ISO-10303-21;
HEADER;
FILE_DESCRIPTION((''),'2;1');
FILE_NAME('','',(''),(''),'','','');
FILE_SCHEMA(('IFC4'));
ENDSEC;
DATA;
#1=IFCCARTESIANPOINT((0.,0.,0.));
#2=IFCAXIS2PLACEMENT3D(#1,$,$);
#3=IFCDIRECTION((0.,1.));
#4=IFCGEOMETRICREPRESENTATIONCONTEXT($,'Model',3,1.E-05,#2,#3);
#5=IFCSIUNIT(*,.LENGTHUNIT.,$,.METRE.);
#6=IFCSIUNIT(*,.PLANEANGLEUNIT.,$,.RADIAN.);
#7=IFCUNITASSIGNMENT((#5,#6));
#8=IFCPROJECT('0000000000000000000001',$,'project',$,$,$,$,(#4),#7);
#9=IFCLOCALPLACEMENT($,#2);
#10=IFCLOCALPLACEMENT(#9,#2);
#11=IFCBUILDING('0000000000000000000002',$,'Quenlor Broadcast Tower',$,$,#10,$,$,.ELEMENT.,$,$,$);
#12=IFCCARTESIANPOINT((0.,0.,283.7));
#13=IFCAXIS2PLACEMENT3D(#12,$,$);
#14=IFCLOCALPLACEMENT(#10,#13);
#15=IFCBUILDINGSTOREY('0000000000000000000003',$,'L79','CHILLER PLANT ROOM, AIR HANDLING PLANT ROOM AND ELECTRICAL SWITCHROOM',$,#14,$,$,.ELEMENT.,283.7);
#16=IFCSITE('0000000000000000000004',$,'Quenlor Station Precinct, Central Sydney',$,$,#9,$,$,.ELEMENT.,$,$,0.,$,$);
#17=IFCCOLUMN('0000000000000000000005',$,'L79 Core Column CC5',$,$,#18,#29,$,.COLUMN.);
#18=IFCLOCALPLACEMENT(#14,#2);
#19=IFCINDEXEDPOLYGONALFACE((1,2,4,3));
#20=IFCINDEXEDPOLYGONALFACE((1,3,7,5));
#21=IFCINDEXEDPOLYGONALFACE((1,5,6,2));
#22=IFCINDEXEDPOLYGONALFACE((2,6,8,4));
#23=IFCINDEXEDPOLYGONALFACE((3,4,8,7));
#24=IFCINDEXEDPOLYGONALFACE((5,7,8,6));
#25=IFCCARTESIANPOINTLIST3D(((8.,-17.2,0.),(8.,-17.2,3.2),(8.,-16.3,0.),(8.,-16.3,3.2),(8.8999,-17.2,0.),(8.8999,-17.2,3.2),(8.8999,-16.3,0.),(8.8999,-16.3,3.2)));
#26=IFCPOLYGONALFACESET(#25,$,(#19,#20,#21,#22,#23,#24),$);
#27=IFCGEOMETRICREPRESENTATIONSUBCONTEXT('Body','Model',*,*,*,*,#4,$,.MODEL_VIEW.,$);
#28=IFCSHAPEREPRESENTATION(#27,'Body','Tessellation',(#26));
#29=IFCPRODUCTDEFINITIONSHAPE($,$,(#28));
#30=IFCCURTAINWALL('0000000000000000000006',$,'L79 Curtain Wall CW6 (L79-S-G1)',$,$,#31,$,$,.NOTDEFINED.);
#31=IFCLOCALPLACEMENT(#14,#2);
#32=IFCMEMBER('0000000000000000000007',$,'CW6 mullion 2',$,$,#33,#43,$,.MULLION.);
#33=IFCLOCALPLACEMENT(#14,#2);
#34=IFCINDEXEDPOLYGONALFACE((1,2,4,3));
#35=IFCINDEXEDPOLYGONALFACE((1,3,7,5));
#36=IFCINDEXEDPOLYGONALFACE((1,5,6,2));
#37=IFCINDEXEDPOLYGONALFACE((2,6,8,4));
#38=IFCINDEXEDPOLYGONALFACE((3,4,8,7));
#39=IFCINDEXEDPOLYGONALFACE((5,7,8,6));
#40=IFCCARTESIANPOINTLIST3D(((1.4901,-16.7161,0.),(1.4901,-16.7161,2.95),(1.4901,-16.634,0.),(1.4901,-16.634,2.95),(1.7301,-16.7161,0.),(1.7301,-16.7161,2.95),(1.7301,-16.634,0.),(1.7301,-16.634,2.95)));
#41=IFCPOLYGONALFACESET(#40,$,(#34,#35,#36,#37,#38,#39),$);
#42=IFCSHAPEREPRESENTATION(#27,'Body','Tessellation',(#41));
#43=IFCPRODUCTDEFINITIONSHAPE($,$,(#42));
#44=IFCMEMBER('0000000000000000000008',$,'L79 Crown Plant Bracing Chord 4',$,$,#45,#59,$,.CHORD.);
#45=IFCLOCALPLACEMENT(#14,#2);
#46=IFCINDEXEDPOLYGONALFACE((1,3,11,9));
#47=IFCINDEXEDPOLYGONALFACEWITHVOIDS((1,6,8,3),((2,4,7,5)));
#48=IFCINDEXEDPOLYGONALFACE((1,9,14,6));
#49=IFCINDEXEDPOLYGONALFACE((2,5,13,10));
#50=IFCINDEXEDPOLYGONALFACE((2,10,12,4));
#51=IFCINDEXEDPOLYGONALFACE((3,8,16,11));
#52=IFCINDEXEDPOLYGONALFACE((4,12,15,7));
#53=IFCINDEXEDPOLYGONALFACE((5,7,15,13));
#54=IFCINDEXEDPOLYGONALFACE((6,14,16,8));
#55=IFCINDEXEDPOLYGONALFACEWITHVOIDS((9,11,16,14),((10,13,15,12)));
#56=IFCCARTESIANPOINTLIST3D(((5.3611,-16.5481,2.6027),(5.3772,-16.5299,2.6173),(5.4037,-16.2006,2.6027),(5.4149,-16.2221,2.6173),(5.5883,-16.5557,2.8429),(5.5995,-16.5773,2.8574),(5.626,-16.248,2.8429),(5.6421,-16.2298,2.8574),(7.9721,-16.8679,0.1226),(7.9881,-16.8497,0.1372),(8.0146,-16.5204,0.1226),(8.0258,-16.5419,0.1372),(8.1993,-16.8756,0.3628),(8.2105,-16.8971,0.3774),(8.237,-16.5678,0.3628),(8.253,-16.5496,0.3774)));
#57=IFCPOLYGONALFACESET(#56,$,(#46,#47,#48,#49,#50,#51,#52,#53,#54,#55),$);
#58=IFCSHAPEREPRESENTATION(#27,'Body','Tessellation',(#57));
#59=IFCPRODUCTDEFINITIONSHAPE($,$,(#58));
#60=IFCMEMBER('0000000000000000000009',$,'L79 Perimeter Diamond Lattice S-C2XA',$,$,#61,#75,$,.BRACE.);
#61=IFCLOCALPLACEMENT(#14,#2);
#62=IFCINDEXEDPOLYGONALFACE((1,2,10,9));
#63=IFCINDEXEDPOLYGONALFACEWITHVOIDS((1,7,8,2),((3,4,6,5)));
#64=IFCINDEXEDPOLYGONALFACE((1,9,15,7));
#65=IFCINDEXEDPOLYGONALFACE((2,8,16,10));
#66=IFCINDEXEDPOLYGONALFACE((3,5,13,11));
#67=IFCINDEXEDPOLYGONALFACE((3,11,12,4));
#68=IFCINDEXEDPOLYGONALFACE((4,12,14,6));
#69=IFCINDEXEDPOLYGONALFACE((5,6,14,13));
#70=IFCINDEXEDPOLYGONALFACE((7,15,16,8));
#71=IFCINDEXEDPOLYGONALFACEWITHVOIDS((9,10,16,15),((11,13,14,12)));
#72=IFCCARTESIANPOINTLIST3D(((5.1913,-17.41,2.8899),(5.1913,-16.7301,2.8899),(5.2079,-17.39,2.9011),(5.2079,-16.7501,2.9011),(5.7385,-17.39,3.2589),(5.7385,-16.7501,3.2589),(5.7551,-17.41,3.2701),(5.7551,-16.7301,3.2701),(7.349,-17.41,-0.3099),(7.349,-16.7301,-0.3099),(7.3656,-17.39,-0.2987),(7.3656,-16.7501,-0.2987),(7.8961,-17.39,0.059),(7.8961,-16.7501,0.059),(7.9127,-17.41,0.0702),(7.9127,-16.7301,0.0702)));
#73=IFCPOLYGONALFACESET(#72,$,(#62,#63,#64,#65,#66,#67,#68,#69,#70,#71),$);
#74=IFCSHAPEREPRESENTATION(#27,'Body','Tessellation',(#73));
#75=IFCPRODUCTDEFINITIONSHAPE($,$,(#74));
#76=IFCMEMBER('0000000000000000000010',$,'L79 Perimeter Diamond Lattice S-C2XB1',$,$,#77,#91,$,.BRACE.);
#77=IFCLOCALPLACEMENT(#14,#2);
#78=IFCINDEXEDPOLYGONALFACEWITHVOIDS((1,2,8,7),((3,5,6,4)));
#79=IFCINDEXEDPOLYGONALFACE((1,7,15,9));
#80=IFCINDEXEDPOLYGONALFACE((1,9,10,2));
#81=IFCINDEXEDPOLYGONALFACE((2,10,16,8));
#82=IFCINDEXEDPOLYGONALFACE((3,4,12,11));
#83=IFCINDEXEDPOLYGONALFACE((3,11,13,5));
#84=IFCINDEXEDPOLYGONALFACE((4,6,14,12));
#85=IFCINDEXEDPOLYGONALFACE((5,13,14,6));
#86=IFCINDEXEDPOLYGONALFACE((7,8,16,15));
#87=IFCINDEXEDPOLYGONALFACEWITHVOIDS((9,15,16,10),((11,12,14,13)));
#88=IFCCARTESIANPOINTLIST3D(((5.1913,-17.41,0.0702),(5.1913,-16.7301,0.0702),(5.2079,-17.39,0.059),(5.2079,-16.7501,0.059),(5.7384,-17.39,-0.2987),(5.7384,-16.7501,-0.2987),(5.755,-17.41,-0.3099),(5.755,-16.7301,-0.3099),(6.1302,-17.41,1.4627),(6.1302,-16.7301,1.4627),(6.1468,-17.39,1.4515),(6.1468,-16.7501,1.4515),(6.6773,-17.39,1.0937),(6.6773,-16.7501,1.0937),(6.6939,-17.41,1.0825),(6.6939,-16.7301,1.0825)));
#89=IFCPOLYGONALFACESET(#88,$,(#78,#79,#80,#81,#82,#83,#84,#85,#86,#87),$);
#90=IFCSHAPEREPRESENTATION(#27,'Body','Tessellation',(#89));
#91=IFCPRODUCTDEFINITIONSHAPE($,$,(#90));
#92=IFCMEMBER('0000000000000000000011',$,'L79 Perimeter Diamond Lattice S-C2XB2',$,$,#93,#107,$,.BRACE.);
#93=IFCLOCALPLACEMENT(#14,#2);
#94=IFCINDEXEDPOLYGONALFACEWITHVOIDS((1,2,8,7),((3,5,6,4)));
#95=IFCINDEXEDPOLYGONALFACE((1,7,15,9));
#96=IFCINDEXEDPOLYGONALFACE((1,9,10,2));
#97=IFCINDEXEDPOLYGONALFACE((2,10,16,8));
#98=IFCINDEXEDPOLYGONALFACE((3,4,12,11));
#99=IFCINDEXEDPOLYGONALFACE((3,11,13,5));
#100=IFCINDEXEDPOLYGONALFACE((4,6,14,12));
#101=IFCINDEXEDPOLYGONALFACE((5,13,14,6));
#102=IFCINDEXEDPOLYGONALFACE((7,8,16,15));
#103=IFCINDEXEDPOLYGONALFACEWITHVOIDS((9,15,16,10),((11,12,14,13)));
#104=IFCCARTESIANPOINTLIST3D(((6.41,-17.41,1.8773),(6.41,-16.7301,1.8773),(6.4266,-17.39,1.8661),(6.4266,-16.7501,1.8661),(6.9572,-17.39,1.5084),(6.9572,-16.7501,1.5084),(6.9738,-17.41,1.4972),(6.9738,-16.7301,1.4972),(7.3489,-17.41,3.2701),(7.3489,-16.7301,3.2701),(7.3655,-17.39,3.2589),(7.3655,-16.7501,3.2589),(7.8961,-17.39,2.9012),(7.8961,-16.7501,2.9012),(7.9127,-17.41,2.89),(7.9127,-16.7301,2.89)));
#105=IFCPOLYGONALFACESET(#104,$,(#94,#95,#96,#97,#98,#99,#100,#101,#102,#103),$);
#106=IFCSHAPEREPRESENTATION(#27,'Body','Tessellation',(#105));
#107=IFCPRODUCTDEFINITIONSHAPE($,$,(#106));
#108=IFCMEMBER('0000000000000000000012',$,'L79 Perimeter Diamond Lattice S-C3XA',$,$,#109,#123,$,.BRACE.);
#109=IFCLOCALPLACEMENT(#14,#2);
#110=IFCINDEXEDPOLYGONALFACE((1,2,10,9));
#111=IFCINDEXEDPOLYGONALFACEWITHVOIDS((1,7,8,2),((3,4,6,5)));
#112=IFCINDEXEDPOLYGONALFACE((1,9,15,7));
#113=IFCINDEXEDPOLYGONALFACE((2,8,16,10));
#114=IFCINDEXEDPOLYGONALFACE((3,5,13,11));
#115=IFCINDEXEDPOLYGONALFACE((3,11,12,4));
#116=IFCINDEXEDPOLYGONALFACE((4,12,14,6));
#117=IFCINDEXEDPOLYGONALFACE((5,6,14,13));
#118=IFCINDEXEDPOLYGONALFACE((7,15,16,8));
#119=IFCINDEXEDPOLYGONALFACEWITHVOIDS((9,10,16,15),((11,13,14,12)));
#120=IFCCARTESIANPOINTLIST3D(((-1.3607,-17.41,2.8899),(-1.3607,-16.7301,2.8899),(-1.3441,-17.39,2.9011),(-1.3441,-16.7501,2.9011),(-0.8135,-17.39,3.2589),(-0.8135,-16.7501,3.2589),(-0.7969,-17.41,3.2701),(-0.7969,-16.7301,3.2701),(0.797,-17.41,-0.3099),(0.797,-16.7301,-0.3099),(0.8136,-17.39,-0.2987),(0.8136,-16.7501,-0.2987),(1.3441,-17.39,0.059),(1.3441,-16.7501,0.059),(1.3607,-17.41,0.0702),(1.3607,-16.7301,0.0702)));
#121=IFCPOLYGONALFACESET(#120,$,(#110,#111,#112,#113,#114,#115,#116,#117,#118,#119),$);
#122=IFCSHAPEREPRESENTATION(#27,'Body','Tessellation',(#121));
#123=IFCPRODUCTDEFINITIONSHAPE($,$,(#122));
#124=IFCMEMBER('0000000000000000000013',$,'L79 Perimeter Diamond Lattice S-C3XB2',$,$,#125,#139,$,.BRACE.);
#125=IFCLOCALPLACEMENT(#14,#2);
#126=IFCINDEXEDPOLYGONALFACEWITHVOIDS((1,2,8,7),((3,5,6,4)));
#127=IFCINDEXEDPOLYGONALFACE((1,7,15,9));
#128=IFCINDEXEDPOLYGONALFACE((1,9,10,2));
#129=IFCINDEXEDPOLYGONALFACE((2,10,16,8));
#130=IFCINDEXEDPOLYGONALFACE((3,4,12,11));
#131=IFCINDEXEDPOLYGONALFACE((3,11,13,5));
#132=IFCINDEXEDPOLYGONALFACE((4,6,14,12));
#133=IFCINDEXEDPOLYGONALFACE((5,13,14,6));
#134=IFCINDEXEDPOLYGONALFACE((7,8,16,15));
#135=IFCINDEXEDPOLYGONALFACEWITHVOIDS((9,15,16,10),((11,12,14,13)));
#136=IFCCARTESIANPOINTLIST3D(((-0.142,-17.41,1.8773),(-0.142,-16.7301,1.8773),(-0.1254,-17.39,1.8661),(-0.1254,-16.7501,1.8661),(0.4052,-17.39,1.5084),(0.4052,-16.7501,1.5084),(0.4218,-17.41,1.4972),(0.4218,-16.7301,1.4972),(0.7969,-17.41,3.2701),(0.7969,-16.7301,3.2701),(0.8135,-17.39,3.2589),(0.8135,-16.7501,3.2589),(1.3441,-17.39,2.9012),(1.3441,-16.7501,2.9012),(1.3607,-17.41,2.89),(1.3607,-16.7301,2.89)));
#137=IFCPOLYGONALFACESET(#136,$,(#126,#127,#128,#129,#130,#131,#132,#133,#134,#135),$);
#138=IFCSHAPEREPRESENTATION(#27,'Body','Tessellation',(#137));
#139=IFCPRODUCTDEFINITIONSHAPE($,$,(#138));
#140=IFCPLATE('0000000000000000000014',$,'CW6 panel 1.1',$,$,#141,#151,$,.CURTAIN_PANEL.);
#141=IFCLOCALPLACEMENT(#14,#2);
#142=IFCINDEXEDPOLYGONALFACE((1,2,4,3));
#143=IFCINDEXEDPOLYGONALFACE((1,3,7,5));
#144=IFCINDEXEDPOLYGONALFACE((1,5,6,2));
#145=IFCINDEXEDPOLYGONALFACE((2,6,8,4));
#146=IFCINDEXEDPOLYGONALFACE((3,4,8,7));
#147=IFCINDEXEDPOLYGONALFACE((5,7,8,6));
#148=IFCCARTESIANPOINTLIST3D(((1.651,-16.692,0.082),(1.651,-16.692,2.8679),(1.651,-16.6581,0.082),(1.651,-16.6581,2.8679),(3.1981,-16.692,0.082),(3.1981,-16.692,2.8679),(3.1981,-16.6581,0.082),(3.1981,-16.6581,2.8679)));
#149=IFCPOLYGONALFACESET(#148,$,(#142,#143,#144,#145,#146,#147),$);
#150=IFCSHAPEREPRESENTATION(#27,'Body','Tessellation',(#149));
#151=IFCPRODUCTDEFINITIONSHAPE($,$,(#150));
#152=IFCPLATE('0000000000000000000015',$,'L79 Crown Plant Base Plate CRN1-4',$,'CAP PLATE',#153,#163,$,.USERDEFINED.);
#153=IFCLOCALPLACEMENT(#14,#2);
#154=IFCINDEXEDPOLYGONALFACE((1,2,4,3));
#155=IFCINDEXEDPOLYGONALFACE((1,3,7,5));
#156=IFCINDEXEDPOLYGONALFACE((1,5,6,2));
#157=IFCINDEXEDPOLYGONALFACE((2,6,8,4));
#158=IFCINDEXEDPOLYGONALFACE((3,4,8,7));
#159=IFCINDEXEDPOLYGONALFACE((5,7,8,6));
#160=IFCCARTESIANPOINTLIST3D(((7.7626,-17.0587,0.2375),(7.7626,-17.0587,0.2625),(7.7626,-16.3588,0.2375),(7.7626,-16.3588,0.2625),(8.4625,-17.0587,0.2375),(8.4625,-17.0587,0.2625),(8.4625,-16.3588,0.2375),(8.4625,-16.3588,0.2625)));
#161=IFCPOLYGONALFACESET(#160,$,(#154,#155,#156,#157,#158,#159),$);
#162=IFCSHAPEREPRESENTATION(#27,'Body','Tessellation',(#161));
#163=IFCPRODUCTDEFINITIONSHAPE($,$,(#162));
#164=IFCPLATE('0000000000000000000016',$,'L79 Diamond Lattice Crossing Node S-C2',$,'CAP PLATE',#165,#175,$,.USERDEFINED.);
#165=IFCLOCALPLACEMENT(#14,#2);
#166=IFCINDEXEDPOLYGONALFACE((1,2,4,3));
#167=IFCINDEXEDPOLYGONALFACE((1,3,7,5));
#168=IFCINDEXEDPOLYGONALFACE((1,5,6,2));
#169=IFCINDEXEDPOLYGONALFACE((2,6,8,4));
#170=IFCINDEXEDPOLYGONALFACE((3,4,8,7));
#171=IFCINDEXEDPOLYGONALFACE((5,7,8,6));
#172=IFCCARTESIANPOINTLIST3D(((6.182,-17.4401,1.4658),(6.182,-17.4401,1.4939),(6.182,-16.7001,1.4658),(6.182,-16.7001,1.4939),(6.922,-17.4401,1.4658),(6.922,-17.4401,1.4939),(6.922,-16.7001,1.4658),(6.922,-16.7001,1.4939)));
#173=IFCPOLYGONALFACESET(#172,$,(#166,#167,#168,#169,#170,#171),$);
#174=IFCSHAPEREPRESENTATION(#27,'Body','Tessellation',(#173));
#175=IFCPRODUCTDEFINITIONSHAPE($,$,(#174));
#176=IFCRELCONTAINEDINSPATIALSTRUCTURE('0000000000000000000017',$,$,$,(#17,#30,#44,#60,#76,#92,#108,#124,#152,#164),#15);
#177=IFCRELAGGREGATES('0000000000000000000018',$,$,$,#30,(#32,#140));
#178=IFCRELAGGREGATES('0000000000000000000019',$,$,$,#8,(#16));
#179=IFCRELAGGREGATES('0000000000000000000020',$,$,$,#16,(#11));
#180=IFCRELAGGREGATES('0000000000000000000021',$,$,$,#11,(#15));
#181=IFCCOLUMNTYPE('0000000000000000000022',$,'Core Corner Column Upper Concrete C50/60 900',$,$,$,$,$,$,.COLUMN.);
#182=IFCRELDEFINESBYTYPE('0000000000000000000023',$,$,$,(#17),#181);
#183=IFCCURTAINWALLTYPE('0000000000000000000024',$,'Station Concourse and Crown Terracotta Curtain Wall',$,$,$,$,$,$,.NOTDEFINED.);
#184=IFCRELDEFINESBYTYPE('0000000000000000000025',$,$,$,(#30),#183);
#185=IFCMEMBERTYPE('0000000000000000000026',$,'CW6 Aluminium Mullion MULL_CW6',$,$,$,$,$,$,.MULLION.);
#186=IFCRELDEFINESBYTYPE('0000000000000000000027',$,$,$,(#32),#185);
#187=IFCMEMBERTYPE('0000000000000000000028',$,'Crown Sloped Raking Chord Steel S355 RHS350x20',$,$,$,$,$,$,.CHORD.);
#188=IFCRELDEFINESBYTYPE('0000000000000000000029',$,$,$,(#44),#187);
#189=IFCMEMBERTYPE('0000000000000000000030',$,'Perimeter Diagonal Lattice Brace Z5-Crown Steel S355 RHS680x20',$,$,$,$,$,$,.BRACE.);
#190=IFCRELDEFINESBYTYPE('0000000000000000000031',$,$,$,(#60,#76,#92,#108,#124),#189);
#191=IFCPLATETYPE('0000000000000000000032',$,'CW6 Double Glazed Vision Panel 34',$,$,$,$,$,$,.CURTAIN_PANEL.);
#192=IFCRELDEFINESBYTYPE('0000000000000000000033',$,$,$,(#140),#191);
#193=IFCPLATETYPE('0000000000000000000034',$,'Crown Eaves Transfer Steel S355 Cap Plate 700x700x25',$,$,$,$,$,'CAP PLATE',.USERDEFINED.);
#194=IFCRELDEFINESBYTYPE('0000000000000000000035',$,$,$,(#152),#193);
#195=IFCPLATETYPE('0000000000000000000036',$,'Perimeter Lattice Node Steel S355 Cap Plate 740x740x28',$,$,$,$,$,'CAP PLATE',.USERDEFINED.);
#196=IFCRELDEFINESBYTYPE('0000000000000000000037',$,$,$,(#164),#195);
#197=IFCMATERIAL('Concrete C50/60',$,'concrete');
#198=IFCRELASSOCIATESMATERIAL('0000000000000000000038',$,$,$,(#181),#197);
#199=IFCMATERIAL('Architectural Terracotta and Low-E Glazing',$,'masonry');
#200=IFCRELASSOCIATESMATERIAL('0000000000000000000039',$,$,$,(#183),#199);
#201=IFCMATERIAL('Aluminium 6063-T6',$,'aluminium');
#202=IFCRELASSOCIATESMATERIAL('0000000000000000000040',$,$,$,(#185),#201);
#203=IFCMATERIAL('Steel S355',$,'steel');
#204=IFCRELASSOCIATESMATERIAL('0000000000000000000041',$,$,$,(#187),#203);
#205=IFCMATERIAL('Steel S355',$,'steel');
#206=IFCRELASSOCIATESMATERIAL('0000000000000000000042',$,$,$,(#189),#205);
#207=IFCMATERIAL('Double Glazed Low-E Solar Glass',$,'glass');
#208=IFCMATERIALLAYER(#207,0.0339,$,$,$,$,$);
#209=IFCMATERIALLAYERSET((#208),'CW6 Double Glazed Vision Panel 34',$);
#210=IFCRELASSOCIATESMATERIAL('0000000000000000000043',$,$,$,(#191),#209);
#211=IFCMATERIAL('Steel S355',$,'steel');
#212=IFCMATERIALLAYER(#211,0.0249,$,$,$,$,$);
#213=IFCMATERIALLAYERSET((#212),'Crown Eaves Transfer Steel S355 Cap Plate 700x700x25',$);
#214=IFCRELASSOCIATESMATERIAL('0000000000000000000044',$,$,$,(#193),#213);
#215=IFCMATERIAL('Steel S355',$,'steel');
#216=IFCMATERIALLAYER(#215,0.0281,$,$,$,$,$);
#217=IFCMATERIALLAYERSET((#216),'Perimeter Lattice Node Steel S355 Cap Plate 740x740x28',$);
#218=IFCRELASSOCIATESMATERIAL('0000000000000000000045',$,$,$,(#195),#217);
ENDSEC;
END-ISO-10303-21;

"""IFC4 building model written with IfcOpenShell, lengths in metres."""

from ifc_helpers import new_model, si_unit, direction, frame, origin, origin_2d, place, context, subcontext, project, spatial, rectangle, hollow_rectangle, extrude, material, layer, layer_set, material_profile, profile_set, type_object, element, aggregate, save


model = new_model("IFC4")

# Units and contexts
model_context = context("Model", 3, precision=1e-05, world=origin(), true_north=direction((0.0, 1.0)))
body_context = subcontext(model_context, "Body", "Model", "MODEL_VIEW")
ifc_project = project(units=[si_unit("LENGTHUNIT", "METRE"), si_unit("PLANEANGLEUNIT", "RADIAN")], contexts=[model_context])

# Site, building, storey
site_placement = place(None, origin())
site = spatial("IfcSite", under=ifc_project, at=site_placement, Name="Quenlor Station Precinct, Central Sydney", CompositionType="ELEMENT", RefElevation=0.0)
building_placement = place(site_placement, origin())
building = spatial("IfcBuilding", under=site, at=building_placement, Name="Quenlor Broadcast Tower", CompositionType="ELEMENT")
storey_placement = place(building_placement, frame((0.0, 0.0, 283.7)))
storey = spatial("IfcBuildingStorey", under=building, at=storey_placement, Name="L79", Description="CHILLER PLANT ROOM, AIR HANDLING PLANT ROOM AND ELECTRICAL SWITCHROOM", CompositionType="ELEMENT", Elevation=283.7)

# Column
ifc_material_1 = material(Name="Concrete C50/60", Category="concrete")
ifc_material_profile_1 = material_profile(ifc_material_1, rectangle(XDim=0.8999, YDim=0.8999, at=origin_2d()))
ifc_profile_set_1 = profile_set([ifc_material_profile_1], Name="Concrete C50/60 RC900x900")
column_type = type_object("IfcColumnType", Name="Core Corner Column Upper Concrete C50/60 900", PredefinedType="COLUMN", material=ifc_profile_set_1)
column_placement = place(storey_placement, frame((8.45, -16.75, 0.0), z_axis=(0.0, 0.0, 1.0), x_axis=(1.0, 0.0, 0.0)))
element("IfcColumn", 1, at=column_placement, inside=storey, type_object=column_type, Name="L79 Core Column CC5", PredefinedType="COLUMN", context=body_context, shape_type="SweptSolid", body=[
    extrude(rectangle(XDim=0.8999, YDim=0.8999, at=origin_2d()), origin(), (0.0, 0.0, 1.0), 3.2),
])

# Curtain wall, member
ifc_material_2 = material(Name="Architectural Terracotta and Low-E Glazing", Category="masonry")
curtain_wall_type = type_object("IfcCurtainWallType", Name="Station Concourse and Crown Terracotta Curtain Wall", PredefinedType="NOTDEFINED", material=ifc_material_2)
curtain_wall_placement = place(storey_placement, origin())
curtain_wall = element("IfcCurtainWall", 2, at=curtain_wall_placement, inside=storey, type_object=curtain_wall_type, Name="L79 Curtain Wall CW6 (L79-S-G1)", PredefinedType="NOTDEFINED")
ifc_material_3 = material(Name="Aluminium 6063-T6", Category="aluminium")
ifc_material_profile_2 = material_profile(ifc_material_3, rectangle(XDim=0.082, YDim=0.24, at=origin_2d()))
ifc_profile_set_2 = profile_set([ifc_material_profile_2], Name="Aluminium 6063-T6 MULL82x240")
member_type_1 = type_object("IfcMemberType", Name="CW6 Aluminium Mullion MULL_CW6", PredefinedType="MULLION", material=ifc_profile_set_2)
member_1_placement = place(storey_placement, frame((1.6101, -16.675, 0.0), z_axis=(0.0, 0.0, 1.0), x_axis=(0.0, -1.0, 0.0)))
member_1 = element("IfcMember", 3, at=member_1_placement, type_object=member_type_1, Name="CW6 mullion 2", PredefinedType="MULLION", context=body_context, shape_type="SweptSolid", body=[
    extrude(rectangle(XDim=0.082, YDim=0.24, at=origin_2d()), origin(), (0.0, 0.0, 1.0), 2.95),
])

# Members
ifc_material_4 = material(Name="Steel S355", Category="steel")
ifc_material_profile_3 = material_profile(ifc_material_4, hollow_rectangle(XDim=0.3501, YDim=0.3501, WallThickness=0.02, at=origin_2d()))
ifc_profile_set_3 = profile_set([ifc_material_profile_3], Name="Steel S355 RHS350x350x20")
member_type_2 = type_object("IfcMemberType", Name="Crown Sloped Raking Chord Steel S355 RHS350x20", PredefinedType="CHORD", material=ifc_profile_set_3)
member_2_placement = place(storey_placement, frame((8.1125, -16.7087, 0.25), z_axis=(-0.722201, 0.088469, 0.686003), x_axis=(-0.12159, -0.99258, 0.0)))
element("IfcMember", 4, at=member_2_placement, inside=storey, type_object=member_type_2, Name="L79 Crown Plant Bracing Chord 4", PredefinedType="CHORD", context=body_context, shape_type="SweptSolid", body=[
    extrude(hollow_rectangle(XDim=0.3501, YDim=0.3501, WallThickness=0.02, at=origin_2d()), origin(), (0.0, 0.0, 1.0), 3.6152),
])
ifc_material_5 = material(Name="Steel S355", Category="steel")
ifc_material_profile_4 = material_profile(ifc_material_5, hollow_rectangle(XDim=0.6799, YDim=0.6799, WallThickness=0.02, at=origin_2d()))
ifc_profile_set_4 = profile_set([ifc_material_profile_4], Name="Steel S355 RHS680x680x20")
member_type_3 = type_object("IfcMemberType", Name="Perimeter Diagonal Lattice Brace Z5-Crown Steel S355 RHS680x20", PredefinedType="BRACE", material=ifc_profile_set_4)
member_3_placement = place(storey_placement, frame((7.6309, -17.0701, -0.1199), z_axis=(-0.559072, 0.0, 0.829119), x_axis=(0.0, -1.0, 0.0)))
element("IfcMember", 5, at=member_3_placement, inside=storey, type_object=member_type_3, Name="L79 Perimeter Diamond Lattice S-C2XA", PredefinedType="BRACE", context=body_context, shape_type="SweptSolid", body=[
    extrude(hollow_rectangle(XDim=0.6799, YDim=0.6799, WallThickness=0.02, at=origin_2d()), origin(), (0.0, 0.0, 1.0), 3.8594),
])
member_4_placement = place(storey_placement, frame((5.4731, -17.0701, -0.1199), z_axis=(0.559053, 0.0, 0.829132), x_axis=(0.0, 1.0, 0.0)))
element("IfcMember", 6, at=member_4_placement, inside=storey, type_object=member_type_3, Name="L79 Perimeter Diamond Lattice S-C2XB1", PredefinedType="BRACE", context=body_context, shape_type="SweptSolid", body=[
    extrude(hollow_rectangle(XDim=0.6799, YDim=0.6799, WallThickness=0.02, at=origin_2d()), origin(), (0.0, 0.0, 1.0), 1.6794),
])
member_5_placement = place(storey_placement, frame((6.6919, -17.0701, 1.6873), z_axis=(0.558986, 0.0, 0.829177), x_axis=(0.0, 1.0, 0.0)))
element("IfcMember", 7, at=member_5_placement, inside=storey, type_object=member_type_3, Name="L79 Perimeter Diamond Lattice S-C2XB2", PredefinedType="BRACE", context=body_context, shape_type="SweptSolid", body=[
    extrude(hollow_rectangle(XDim=0.6799, YDim=0.6799, WallThickness=0.02, at=origin_2d()), origin(), (0.0, 0.0, 1.0), 1.6797),
])
member_6_placement = place(storey_placement, frame((1.0789, -17.0701, -0.1199), z_axis=(-0.559072, 0.0, 0.829119), x_axis=(0.0, -1.0, 0.0)))
element("IfcMember", 8, at=member_6_placement, inside=storey, type_object=member_type_3, Name="L79 Perimeter Diamond Lattice S-C3XA", PredefinedType="BRACE", context=body_context, shape_type="SweptSolid", body=[
    extrude(hollow_rectangle(XDim=0.6799, YDim=0.6799, WallThickness=0.02, at=origin_2d()), origin(), (0.0, 0.0, 1.0), 3.8594),
])
member_7_placement = place(storey_placement, frame((0.1399, -17.0701, 1.6873), z_axis=(0.558986, 0.0, 0.829177), x_axis=(0.0, 1.0, 0.0)))
element("IfcMember", 9, at=member_7_placement, inside=storey, type_object=member_type_3, Name="L79 Perimeter Diamond Lattice S-C3XB2", PredefinedType="BRACE", context=body_context, shape_type="SweptSolid", body=[
    extrude(hollow_rectangle(XDim=0.6799, YDim=0.6799, WallThickness=0.02, at=origin_2d()), origin(), (0.0, 0.0, 1.0), 1.6797),
])

# Plate
ifc_material_6 = material(Name="Double Glazed Low-E Solar Glass", Category="glass")
ifc_layer_1 = layer(ifc_material_6, 0.0339)
ifc_layer_set_1 = layer_set([ifc_layer_1], Name="CW6 Double Glazed Vision Panel 34")
plate_type_1 = type_object("IfcPlateType", Name="CW6 Double Glazed Vision Panel 34", PredefinedType="CURTAIN_PANEL", material=ifc_layer_set_1)
plate_1_placement = place(storey_placement, frame((2.4246, -16.675, 0.082), z_axis=(0.0, 0.0, 1.0), x_axis=(-1.0, 0.0, 0.0)))
plate_1 = element("IfcPlate", 10, at=plate_1_placement, type_object=plate_type_1, Name="CW6 panel 1.1", PredefinedType="CURTAIN_PANEL", context=body_context, shape_type="SweptSolid", body=[
    extrude(rectangle(XDim=1.5471, YDim=0.0339, at=origin_2d()), origin(), (0.0, 0.0, 1.0), 2.7859),
])
aggregate(curtain_wall, [member_1, plate_1])

# Plates
ifc_material_7 = material(Name="Steel S355", Category="steel")
ifc_layer_2 = layer(ifc_material_7, 0.0249)
ifc_layer_set_2 = layer_set([ifc_layer_2], Name="Crown Eaves Transfer Steel S355 Cap Plate 700x700x25")
plate_type_2 = type_object("IfcPlateType", Name="Crown Eaves Transfer Steel S355 Cap Plate 700x700x25", ElementType="CAP PLATE", PredefinedType="USERDEFINED", material=ifc_layer_set_2)
plate_2_placement = place(storey_placement, frame((8.1125, -16.7087, 0.2375), z_axis=(0.0, 0.0, 1.0), x_axis=(1.0, 0.0, 0.0)))
element("IfcPlate", 11, at=plate_2_placement, inside=storey, type_object=plate_type_2, Name="L79 Crown Plant Base Plate CRN1-4", ObjectType="CAP PLATE", PredefinedType="USERDEFINED", context=body_context, shape_type="SweptSolid", body=[
    extrude(rectangle(XDim=0.7, YDim=0.7, at=origin_2d()), origin(), (0.0, 0.0, 1.0), 0.0249),
])
ifc_material_8 = material(Name="Steel S355", Category="steel")
ifc_layer_3 = layer(ifc_material_8, 0.0281)
ifc_layer_set_3 = layer_set([ifc_layer_3], Name="Perimeter Lattice Node Steel S355 Cap Plate 740x740x28")
plate_type_3 = type_object("IfcPlateType", Name="Perimeter Lattice Node Steel S355 Cap Plate 740x740x28", ElementType="CAP PLATE", PredefinedType="USERDEFINED", material=ifc_layer_set_3)
plate_3_placement = place(storey_placement, frame((6.552, -17.0701, 1.4658), z_axis=(0.0, 0.0, 1.0), x_axis=(-1.0, 0.0, 0.0)))
element("IfcPlate", 12, at=plate_3_placement, inside=storey, type_object=plate_type_3, Name="L79 Diamond Lattice Crossing Node S-C2", ObjectType="CAP PLATE", PredefinedType="USERDEFINED", context=body_context, shape_type="SweptSolid", body=[
    extrude(rectangle(XDim=0.74, YDim=0.74, at=origin_2d()), origin(), (0.0, 0.0, 1.0), 0.0281),
])

save(model, "model.ifc")
